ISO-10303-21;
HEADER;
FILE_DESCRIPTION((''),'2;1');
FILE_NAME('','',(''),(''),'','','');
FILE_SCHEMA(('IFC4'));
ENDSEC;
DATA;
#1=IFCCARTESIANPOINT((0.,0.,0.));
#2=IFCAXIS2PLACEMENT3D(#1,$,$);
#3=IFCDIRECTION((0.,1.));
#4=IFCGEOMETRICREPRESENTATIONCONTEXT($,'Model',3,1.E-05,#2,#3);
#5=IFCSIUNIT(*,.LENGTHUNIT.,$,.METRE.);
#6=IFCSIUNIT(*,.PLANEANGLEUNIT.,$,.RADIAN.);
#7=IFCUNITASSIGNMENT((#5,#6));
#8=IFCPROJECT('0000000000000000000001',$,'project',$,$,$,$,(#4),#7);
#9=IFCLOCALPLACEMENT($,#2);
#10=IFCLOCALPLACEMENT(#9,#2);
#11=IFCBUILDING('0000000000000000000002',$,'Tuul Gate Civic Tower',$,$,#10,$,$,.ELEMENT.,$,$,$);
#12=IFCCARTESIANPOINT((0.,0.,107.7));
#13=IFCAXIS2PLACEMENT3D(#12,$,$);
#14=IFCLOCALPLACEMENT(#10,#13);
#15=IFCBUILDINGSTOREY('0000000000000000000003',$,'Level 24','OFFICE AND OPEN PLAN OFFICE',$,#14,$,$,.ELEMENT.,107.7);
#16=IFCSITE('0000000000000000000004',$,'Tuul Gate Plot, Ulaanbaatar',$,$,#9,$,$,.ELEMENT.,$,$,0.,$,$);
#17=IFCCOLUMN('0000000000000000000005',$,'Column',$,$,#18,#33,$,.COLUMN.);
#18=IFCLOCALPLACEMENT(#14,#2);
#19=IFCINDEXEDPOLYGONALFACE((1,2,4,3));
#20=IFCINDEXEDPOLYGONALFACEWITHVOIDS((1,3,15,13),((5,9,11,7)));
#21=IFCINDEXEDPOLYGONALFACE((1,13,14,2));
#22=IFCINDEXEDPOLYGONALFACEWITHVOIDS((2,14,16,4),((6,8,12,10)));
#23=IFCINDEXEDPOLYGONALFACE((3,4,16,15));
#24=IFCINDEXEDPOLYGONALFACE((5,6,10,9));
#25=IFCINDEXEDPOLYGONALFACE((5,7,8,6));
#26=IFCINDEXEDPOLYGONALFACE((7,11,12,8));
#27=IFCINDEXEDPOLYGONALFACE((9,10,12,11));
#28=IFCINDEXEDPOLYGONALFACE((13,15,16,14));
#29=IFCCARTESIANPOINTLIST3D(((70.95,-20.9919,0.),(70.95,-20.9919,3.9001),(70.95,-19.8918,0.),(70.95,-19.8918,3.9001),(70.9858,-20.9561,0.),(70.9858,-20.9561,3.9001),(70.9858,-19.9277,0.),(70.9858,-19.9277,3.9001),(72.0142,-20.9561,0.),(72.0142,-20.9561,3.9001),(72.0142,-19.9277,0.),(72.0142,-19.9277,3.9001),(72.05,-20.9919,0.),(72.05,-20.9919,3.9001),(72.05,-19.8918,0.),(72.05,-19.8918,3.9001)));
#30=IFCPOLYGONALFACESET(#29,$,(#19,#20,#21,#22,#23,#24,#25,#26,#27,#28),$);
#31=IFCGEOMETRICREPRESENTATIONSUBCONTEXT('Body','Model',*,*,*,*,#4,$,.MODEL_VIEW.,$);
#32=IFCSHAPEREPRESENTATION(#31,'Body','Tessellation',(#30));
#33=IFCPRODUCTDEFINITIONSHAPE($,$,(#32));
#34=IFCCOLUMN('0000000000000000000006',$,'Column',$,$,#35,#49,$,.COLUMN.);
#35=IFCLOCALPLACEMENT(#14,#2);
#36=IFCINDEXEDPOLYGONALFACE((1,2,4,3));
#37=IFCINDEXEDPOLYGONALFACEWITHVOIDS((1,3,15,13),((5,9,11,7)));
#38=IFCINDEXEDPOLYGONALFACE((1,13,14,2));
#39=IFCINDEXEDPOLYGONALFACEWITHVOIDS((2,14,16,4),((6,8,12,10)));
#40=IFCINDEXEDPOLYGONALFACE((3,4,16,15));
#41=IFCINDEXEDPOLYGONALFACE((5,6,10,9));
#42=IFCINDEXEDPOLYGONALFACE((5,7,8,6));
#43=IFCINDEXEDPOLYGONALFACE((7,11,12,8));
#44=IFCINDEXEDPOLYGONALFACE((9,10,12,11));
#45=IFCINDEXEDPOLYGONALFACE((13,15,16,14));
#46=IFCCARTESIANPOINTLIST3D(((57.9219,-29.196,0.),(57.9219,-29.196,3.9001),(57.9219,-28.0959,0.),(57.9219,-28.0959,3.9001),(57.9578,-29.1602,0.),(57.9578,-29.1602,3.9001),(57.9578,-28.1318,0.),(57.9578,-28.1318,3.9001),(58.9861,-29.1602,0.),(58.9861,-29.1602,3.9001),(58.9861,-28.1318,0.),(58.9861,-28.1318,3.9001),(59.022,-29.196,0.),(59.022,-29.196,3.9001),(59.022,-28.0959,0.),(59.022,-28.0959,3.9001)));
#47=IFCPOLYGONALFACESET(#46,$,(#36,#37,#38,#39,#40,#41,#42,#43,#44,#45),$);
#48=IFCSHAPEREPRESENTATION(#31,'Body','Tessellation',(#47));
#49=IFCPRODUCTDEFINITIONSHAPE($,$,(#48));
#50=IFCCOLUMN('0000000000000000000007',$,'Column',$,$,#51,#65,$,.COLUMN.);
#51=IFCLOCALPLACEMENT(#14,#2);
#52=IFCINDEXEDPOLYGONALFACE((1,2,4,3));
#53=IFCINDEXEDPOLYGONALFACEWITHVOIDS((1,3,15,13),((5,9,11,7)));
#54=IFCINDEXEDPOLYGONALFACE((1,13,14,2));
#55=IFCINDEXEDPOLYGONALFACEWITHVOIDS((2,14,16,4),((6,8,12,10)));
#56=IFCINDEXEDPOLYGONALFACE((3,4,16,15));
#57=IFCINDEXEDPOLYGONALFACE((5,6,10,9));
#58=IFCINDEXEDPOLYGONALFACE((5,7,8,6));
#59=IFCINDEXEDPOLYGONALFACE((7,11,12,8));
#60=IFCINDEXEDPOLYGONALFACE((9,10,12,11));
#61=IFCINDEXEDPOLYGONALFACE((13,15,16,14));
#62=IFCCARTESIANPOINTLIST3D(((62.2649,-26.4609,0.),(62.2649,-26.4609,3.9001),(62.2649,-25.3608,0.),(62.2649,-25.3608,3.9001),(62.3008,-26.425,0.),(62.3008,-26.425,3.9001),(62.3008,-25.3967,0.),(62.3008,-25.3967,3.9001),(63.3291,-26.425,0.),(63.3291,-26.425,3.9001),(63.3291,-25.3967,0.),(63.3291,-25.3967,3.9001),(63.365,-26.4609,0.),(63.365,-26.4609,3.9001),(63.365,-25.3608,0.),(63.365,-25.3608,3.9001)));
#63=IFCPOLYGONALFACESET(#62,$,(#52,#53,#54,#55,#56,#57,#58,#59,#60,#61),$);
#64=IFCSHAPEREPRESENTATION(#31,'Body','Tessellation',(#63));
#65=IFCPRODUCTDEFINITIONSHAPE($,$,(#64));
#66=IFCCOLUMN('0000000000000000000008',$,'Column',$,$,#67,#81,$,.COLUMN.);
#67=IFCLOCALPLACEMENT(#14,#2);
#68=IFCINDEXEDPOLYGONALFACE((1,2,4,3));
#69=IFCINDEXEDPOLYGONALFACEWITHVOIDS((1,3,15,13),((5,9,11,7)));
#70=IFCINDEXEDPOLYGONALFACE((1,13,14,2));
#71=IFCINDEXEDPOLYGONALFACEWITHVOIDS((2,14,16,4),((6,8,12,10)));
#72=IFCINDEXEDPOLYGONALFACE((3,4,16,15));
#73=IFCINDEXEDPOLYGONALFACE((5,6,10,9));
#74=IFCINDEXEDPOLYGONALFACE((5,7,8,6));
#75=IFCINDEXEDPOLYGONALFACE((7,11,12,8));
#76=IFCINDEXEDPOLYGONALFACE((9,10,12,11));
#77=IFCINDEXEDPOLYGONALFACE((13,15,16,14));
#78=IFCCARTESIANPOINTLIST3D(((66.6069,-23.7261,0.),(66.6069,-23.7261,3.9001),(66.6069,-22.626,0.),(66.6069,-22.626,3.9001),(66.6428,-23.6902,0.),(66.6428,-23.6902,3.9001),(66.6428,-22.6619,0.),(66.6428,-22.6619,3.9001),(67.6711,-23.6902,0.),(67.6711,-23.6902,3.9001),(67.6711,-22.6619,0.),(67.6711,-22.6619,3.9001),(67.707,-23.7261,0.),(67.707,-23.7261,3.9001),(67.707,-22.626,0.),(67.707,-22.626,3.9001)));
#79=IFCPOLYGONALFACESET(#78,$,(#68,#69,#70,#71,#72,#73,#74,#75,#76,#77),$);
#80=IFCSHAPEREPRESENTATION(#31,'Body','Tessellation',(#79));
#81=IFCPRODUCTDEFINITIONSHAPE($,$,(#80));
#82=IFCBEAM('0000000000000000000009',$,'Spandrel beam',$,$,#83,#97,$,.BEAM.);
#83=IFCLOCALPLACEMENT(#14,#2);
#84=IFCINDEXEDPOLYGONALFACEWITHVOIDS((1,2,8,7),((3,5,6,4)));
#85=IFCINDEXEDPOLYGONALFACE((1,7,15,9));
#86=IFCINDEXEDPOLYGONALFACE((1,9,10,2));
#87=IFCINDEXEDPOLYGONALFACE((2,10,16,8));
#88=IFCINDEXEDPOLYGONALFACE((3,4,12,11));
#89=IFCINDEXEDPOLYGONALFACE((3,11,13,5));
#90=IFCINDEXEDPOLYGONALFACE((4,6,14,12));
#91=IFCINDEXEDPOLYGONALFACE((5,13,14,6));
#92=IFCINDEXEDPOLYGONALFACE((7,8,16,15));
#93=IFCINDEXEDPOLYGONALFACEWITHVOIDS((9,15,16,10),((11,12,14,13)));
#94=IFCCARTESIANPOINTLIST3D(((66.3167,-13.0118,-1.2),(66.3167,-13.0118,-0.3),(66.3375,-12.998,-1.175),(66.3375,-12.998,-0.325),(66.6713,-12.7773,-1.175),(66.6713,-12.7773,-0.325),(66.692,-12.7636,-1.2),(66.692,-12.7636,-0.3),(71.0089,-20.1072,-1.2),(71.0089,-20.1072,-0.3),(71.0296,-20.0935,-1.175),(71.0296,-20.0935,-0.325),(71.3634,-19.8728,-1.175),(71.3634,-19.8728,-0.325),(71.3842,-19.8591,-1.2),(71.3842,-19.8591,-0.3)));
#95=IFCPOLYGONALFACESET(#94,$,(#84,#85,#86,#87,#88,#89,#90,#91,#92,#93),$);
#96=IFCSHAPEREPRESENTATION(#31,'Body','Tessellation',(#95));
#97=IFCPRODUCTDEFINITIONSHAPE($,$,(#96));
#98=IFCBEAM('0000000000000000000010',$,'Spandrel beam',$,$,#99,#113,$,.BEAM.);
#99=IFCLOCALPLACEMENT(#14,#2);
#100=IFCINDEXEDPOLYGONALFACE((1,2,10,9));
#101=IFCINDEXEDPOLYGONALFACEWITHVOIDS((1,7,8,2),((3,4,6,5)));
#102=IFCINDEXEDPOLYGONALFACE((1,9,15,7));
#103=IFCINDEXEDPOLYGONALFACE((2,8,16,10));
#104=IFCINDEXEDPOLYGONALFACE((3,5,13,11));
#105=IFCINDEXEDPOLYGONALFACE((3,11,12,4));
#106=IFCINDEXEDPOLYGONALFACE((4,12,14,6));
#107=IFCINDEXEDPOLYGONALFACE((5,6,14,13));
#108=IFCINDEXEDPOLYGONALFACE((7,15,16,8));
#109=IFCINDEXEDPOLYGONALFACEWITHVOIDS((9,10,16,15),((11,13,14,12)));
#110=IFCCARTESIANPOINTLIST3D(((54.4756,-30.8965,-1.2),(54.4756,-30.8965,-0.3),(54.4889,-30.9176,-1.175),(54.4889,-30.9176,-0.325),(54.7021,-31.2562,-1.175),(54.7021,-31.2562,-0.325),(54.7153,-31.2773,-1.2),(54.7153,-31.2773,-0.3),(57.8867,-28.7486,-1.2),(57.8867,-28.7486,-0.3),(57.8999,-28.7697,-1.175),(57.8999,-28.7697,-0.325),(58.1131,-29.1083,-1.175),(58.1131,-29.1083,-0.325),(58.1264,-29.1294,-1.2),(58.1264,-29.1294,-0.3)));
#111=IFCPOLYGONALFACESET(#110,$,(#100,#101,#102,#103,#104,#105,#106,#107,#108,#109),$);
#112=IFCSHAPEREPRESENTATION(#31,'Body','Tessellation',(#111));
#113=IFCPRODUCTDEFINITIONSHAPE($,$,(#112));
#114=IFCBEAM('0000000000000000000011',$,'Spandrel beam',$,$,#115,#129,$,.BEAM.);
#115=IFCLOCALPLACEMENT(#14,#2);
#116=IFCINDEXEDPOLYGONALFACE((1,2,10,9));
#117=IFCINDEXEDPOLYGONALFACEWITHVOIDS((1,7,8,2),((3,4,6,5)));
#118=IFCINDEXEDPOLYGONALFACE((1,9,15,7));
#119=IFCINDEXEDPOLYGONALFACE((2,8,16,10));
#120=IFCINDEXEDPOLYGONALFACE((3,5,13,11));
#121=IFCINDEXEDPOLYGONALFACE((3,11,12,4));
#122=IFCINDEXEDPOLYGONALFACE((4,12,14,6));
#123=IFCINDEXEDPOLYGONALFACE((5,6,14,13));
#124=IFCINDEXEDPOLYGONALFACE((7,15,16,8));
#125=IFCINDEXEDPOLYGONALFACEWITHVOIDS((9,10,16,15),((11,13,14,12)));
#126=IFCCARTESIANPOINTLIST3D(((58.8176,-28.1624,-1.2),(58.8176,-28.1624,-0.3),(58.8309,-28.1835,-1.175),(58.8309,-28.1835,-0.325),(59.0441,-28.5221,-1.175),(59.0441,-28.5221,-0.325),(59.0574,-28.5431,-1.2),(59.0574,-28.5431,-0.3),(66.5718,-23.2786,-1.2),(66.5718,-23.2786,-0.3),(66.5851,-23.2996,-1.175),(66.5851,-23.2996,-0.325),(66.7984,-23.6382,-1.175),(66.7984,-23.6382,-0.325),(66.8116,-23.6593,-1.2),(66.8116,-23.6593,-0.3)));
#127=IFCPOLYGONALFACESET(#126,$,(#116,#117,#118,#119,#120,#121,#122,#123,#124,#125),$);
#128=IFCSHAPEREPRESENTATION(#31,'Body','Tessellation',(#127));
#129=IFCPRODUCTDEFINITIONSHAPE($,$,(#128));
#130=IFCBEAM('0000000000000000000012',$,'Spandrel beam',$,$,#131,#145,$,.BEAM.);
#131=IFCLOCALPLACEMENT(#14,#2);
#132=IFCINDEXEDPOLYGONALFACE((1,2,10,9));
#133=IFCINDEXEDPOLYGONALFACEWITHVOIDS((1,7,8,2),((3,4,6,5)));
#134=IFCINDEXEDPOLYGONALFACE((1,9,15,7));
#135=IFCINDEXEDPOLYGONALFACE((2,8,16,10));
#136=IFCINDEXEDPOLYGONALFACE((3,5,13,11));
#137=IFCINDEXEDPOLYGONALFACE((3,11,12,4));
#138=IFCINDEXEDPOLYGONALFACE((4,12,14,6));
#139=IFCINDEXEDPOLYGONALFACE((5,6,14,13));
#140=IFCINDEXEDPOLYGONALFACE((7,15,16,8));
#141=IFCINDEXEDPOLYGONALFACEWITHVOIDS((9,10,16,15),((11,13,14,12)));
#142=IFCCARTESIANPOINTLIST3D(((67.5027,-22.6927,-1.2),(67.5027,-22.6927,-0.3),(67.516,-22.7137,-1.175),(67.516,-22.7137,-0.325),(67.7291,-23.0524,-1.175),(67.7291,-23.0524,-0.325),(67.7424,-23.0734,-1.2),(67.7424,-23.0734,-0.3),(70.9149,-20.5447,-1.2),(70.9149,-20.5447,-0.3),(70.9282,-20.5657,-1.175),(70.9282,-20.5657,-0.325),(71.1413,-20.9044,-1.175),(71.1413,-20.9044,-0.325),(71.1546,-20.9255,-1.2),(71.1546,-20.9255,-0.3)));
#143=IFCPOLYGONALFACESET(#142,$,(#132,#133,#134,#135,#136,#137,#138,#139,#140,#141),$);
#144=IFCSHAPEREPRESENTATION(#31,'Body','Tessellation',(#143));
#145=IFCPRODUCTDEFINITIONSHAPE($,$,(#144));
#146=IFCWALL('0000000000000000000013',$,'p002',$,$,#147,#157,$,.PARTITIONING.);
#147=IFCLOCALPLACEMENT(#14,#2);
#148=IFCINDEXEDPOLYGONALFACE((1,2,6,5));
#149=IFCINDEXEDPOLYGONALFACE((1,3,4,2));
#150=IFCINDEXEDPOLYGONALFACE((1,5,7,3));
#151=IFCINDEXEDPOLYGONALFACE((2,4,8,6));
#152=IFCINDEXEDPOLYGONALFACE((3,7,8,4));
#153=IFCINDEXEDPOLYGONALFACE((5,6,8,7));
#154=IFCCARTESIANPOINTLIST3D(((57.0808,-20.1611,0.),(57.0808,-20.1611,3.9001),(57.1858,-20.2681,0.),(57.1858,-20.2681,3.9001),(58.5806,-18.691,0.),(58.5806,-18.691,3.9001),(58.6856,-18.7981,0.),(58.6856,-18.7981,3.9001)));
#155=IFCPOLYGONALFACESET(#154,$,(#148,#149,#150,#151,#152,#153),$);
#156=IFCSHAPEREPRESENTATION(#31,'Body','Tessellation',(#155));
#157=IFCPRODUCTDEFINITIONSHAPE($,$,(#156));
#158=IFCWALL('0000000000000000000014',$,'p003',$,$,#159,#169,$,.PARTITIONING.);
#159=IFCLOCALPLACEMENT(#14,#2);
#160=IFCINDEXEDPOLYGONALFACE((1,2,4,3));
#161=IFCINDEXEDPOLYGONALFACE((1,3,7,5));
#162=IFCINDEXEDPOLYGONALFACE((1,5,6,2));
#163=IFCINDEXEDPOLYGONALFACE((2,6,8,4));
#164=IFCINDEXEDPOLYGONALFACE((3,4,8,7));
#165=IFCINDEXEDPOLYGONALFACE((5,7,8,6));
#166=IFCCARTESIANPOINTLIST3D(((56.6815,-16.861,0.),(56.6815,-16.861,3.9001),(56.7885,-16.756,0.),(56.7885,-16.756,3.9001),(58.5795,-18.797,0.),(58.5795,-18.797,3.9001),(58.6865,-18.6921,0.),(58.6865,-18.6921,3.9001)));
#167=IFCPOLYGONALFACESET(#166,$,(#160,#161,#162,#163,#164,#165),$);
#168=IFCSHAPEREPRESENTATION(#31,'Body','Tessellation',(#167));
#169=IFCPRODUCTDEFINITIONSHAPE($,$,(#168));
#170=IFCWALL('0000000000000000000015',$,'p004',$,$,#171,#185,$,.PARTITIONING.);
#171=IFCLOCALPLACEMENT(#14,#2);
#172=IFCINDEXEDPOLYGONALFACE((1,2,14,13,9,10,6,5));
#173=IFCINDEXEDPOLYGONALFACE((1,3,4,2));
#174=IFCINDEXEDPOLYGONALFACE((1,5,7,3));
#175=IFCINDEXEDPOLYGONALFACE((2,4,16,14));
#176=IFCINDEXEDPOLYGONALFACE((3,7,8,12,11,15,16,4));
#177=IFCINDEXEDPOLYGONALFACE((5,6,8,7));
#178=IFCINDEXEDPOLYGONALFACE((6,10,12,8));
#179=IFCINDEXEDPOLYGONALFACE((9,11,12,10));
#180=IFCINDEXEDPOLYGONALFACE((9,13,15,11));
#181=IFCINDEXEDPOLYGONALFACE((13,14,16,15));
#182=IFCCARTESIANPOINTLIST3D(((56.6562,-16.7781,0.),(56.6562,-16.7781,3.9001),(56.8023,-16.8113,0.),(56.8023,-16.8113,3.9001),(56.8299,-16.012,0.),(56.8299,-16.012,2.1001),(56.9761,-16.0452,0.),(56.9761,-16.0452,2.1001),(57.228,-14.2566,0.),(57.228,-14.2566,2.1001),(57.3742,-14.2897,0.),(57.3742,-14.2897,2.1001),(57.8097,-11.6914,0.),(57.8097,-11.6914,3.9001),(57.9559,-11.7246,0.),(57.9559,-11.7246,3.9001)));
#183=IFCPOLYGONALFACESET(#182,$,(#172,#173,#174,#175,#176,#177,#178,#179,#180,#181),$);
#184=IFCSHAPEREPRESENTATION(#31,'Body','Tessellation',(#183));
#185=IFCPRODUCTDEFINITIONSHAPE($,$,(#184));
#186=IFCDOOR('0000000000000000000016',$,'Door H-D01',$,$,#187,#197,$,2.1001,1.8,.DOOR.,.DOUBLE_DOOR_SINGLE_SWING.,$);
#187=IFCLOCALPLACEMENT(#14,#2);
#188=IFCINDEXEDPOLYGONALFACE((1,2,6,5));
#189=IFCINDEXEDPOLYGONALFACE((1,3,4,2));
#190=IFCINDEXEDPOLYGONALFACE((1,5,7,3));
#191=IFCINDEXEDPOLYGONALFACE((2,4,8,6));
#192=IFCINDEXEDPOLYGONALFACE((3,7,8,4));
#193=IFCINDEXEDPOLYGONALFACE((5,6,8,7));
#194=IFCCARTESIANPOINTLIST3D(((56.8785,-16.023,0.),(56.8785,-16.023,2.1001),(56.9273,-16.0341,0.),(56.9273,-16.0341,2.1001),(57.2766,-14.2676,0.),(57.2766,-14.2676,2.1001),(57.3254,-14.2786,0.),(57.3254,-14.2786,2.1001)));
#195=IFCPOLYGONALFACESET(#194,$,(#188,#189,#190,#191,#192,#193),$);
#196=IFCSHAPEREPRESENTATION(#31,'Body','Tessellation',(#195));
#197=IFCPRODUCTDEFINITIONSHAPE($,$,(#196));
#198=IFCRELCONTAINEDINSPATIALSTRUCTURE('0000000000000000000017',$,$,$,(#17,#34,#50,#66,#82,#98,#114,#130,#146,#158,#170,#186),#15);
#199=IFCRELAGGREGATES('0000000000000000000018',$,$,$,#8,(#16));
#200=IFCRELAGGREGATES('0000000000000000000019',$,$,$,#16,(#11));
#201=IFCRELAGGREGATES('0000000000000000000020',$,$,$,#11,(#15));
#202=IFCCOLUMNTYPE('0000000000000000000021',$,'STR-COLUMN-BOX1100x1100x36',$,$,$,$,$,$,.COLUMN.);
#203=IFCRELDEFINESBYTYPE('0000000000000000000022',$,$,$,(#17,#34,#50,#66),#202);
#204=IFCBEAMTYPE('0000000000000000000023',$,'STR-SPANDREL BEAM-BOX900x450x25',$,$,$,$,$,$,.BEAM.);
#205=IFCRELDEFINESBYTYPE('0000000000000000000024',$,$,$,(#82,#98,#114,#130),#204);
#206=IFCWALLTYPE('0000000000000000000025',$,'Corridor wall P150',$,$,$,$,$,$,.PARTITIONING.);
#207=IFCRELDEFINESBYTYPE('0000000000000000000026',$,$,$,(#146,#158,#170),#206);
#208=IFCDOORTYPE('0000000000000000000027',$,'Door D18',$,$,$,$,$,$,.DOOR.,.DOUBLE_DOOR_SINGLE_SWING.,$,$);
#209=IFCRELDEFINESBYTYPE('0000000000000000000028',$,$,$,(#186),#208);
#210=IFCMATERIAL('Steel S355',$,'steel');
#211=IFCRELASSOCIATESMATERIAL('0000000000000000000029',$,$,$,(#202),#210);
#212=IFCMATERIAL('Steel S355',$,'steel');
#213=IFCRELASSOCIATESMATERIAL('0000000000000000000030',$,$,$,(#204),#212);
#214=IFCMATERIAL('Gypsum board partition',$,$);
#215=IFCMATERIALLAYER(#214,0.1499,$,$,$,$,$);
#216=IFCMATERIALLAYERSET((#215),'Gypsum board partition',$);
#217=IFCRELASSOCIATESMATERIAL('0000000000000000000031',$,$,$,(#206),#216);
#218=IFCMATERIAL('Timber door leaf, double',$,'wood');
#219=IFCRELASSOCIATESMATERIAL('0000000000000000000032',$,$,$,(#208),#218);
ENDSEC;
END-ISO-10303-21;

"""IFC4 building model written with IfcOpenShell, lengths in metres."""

from ifc_helpers import new_model, si_unit, direction, frame, frame_2d, origin, origin_2d, place, context, subcontext, project, spatial, rectangle, hollow_rectangle, extrude, material, layer, layer_set, material_profile, profile_set, type_object, element, fill, save


model = new_model("IFC4")

# Units and contexts
model_context = context("Model", 3, precision=1e-05, world=origin(), true_north=direction((0.0, 1.0)))
body_context = subcontext(model_context, "Body", "Model", "MODEL_VIEW")
ifc_project = project(units=[si_unit("LENGTHUNIT", "METRE"), si_unit("PLANEANGLEUNIT", "RADIAN")], contexts=[model_context])

# Site, building, storey
site_placement = place(None, origin())
site = spatial("IfcSite", under=ifc_project, at=site_placement, Name="Tuul Gate Plot, Ulaanbaatar", CompositionType="ELEMENT", RefElevation=0.0)
building_placement = place(site_placement, origin())
building = spatial("IfcBuilding", under=site, at=building_placement, Name="Tuul Gate Civic Tower", CompositionType="ELEMENT")
storey_placement = place(building_placement, frame((0.0, 0.0, 107.7)))
storey = spatial("IfcBuildingStorey", under=building, at=storey_placement, Name="Level 24", Description="OFFICE AND OPEN PLAN OFFICE", CompositionType="ELEMENT", Elevation=107.7)

# Columns
ifc_material_1 = material(Name="Steel S355", Category="steel")
ifc_material_profile_1 = material_profile(ifc_material_1, hollow_rectangle(XDim=1.1001, YDim=1.1001, WallThickness=0.0359, at=origin_2d()), Name="BOX1100x1100x36")
ifc_profile_set_1 = profile_set([ifc_material_profile_1], Name="Steel S355")
column_type = type_object("IfcColumnType", Name="STR-COLUMN-BOX1100x1100x36", PredefinedType="COLUMN", material=ifc_profile_set_1)
for number, where, z_axis, x_axis, name in (
    (1, (71.5, -20.4419, 0.0), (0.0, 0.0, 1.0), (1.0, 0.0, 0.0), "Column"),
    (2, (58.4719, -28.646, 0.0), (0.0, 0.0, 1.0), (1.0, 0.0, 0.0), "Column"),
    (3, (62.8149, -25.9109, 0.0), (0.0, 0.0, 1.0), (1.0, 0.0, 0.0), "Column"),
    (4, (67.157, -23.176, 0.0), (0.0, 0.0, 1.0), (1.0, 0.0, 0.0), "Column"),
):
    element("IfcColumn", number, at=place(storey_placement, frame(where, z_axis=z_axis, x_axis=x_axis)), inside=storey, type_object=column_type, Name=name, PredefinedType="COLUMN", context=body_context, shape_type="SweptSolid", body=[
        extrude(hollow_rectangle(XDim=1.1001, YDim=1.1001, WallThickness=0.0359, at=origin_2d()), origin(), (0.0, 0.0, 1.0), 3.9001),
    ])

# Beams
ifc_material_2 = material(Name="Steel S355", Category="steel")
ifc_material_profile_2 = material_profile(ifc_material_2, hollow_rectangle(XDim=0.45, YDim=0.8999, WallThickness=0.0249, at=origin_2d()), Name="BOX900x450x25")
ifc_profile_set_2 = profile_set([ifc_material_profile_2], Name="Steel S355")
beam_type = type_object("IfcBeamType", Name="STR-SPANDREL BEAM-BOX900x450x25", PredefinedType="BEAM", material=ifc_profile_set_2)
beam_1_placement = place(storey_placement, frame((71.1965, -19.9832, -0.75), z_axis=(-0.55159, 0.834115, 0.0), x_axis=(-0.834115, -0.55159, 0.0)))
element("IfcBeam", 5, at=beam_1_placement, inside=storey, type_object=beam_type, Name="Spandrel beam", PredefinedType="BEAM", context=body_context, shape_type="SweptSolid", body=[
    extrude(hollow_rectangle(XDim=0.45, YDim=0.8999, WallThickness=0.0249, at=origin_2d()), origin(), (0.0, 0.0, 1.0), 8.5066),
])
beam_2_placement = place(storey_placement, frame((54.5955, -31.0869, -0.75), z_axis=(0.846211, 0.532849, 0.0), x_axis=(-0.532849, 0.846211, 0.0)))
element("IfcBeam", 6, at=beam_2_placement, inside=storey, type_object=beam_type, Name="Spandrel beam", PredefinedType="BEAM", context=body_context, shape_type="SweptSolid", body=[
    extrude(hollow_rectangle(XDim=0.45, YDim=0.8999, WallThickness=0.0249, at=origin_2d()), origin(), (0.0, 0.0, 1.0), 4.031),
])
beam_3_placement = place(storey_placement, frame((58.9375, -28.3528, -0.75), z_axis=(0.846157, 0.532934, 0.0), x_axis=(-0.532934, 0.846157, 0.0)))
element("IfcBeam", 7, at=beam_3_placement, inside=storey, type_object=beam_type, Name="Spandrel beam", PredefinedType="BEAM", context=body_context, shape_type="SweptSolid", body=[
    extrude(hollow_rectangle(XDim=0.45, YDim=0.8999, WallThickness=0.0249, at=origin_2d()), origin(), (0.0, 0.0, 1.0), 9.1641),
])
beam_4_placement = place(storey_placement, frame((67.6226, -22.8831, -0.75), z_axis=(0.846279, 0.532739, 0.0), x_axis=(-0.532739, 0.846279, 0.0)))
element("IfcBeam", 8, at=beam_4_placement, inside=storey, type_object=beam_type, Name="Spandrel beam", PredefinedType="BEAM", context=body_context, shape_type="SweptSolid", body=[
    extrude(hollow_rectangle(XDim=0.45, YDim=0.8999, WallThickness=0.0249, at=origin_2d()), origin(), (0.0, 0.0, 1.0), 4.032),
])

# Walls
ifc_material_3 = material(Name="Gypsum board partition")
ifc_layer_1 = layer(ifc_material_3, 0.1499)
ifc_layer_set_1 = layer_set([ifc_layer_1], Name="Gypsum board partition")
wall_type_1 = type_object("IfcWallType", Name="Corridor wall P150", PredefinedType="PARTITIONING", material=ifc_layer_set_1)
wall_1_placement = place(storey_placement, frame((57.1333, -20.2146, 0.0), z_axis=(0.0, 0.0, 1.0), x_axis=(0.714163, 0.69998, 0.0)))
element("IfcWall", 9, at=wall_1_placement, inside=storey, type_object=wall_type_1, Name="p002", PredefinedType="PARTITIONING", context=body_context, shape_type="SweptSolid", body=[
    extrude(rectangle(XDim=2.1001, YDim=0.1499, at=frame_2d((1.05, 0.0))), origin(), (0.0, 0.0, 1.0), 3.9001),
])
wall_2_placement = place(storey_placement, frame((56.7351, -16.8086, 0.0), z_axis=(0.0, 0.0, 1.0), x_axis=(0.700048, -0.714096, 0.0)))
element("IfcWall", 10, at=wall_2_placement, inside=storey, type_object=wall_type_1, Name="p003", PredefinedType="PARTITIONING", context=body_context, shape_type="SweptSolid", body=[
    extrude(rectangle(XDim=2.7112, YDim=0.1499, at=frame_2d((1.3555, 0.0))), origin(), (0.0, 0.0, 1.0), 3.9001),
])

# Wall, opening, door
wall_3_placement = place(storey_placement, frame((56.7292, -16.7947, 0.0), z_axis=(0.0, 0.0, 1.0), x_axis=(0.221166, 0.975236, 0.0)))
wall_3 = element("IfcWall", 11, at=wall_3_placement, inside=storey, type_object=wall_type_1, Name="p004", PredefinedType="PARTITIONING", context=body_context, shape_type="SweptSolid", body=[
    extrude(rectangle(XDim=5.2158, YDim=0.1499, at=frame_2d((2.6079, 0.0))), origin(), (0.0, 0.0, 1.0), 3.9001),
])
opening_1_placement = place(wall_3_placement, frame((0.7856, 0.0, 0.0)))
opening_1 = element("IfcOpeningElement", 12, at=opening_1_placement, cuts=wall_3, PredefinedType="OPENING", context=body_context, shape_type="SweptSolid", body=[
    extrude(rectangle(XDim=1.8, YDim=2.1001, at=frame_2d((0.8999, 1.05))), frame((0.0, 0.085, 0.0), z_axis=(0.0, -1.0, 0.0), x_axis=(1.0, 0.0, 0.0)), (0.0, 0.0, 1.0), 0.1699),
])
ifc_material_4 = material(Name="Timber door leaf, double", Category="wood")
door_type = type_object("IfcDoorType", Name="Door D18", OperationType="DOUBLE_DOOR_SINGLE_SWING", PredefinedType="DOOR", material=ifc_material_4)
door_placement = place(opening_1_placement, frame((1.8, 0.0, 0.0), z_axis=(0.0, 0.0, 1.0), x_axis=(-1.0, 0.0, 0.0)))
door = element("IfcDoor", 13, at=door_placement, inside=storey, type_object=door_type, Name="Door H-D01", OperationType="DOUBLE_DOOR_SINGLE_SWING", OverallHeight=2.1001, OverallWidth=1.8, PredefinedType="DOOR", context=body_context, shape_type="SweptSolid", body=[
    extrude(rectangle(XDim=1.8, YDim=2.1001, at=frame_2d((0.9001, 1.05))), frame((0.0, 0.0249, 0.0), z_axis=(0.0, -1.0, 0.0), x_axis=(1.0, 0.0, 0.0)), (0.0, 0.0, 1.0), 0.05),
])
fill(opening_1, door)

save(model, "model.ifc")
